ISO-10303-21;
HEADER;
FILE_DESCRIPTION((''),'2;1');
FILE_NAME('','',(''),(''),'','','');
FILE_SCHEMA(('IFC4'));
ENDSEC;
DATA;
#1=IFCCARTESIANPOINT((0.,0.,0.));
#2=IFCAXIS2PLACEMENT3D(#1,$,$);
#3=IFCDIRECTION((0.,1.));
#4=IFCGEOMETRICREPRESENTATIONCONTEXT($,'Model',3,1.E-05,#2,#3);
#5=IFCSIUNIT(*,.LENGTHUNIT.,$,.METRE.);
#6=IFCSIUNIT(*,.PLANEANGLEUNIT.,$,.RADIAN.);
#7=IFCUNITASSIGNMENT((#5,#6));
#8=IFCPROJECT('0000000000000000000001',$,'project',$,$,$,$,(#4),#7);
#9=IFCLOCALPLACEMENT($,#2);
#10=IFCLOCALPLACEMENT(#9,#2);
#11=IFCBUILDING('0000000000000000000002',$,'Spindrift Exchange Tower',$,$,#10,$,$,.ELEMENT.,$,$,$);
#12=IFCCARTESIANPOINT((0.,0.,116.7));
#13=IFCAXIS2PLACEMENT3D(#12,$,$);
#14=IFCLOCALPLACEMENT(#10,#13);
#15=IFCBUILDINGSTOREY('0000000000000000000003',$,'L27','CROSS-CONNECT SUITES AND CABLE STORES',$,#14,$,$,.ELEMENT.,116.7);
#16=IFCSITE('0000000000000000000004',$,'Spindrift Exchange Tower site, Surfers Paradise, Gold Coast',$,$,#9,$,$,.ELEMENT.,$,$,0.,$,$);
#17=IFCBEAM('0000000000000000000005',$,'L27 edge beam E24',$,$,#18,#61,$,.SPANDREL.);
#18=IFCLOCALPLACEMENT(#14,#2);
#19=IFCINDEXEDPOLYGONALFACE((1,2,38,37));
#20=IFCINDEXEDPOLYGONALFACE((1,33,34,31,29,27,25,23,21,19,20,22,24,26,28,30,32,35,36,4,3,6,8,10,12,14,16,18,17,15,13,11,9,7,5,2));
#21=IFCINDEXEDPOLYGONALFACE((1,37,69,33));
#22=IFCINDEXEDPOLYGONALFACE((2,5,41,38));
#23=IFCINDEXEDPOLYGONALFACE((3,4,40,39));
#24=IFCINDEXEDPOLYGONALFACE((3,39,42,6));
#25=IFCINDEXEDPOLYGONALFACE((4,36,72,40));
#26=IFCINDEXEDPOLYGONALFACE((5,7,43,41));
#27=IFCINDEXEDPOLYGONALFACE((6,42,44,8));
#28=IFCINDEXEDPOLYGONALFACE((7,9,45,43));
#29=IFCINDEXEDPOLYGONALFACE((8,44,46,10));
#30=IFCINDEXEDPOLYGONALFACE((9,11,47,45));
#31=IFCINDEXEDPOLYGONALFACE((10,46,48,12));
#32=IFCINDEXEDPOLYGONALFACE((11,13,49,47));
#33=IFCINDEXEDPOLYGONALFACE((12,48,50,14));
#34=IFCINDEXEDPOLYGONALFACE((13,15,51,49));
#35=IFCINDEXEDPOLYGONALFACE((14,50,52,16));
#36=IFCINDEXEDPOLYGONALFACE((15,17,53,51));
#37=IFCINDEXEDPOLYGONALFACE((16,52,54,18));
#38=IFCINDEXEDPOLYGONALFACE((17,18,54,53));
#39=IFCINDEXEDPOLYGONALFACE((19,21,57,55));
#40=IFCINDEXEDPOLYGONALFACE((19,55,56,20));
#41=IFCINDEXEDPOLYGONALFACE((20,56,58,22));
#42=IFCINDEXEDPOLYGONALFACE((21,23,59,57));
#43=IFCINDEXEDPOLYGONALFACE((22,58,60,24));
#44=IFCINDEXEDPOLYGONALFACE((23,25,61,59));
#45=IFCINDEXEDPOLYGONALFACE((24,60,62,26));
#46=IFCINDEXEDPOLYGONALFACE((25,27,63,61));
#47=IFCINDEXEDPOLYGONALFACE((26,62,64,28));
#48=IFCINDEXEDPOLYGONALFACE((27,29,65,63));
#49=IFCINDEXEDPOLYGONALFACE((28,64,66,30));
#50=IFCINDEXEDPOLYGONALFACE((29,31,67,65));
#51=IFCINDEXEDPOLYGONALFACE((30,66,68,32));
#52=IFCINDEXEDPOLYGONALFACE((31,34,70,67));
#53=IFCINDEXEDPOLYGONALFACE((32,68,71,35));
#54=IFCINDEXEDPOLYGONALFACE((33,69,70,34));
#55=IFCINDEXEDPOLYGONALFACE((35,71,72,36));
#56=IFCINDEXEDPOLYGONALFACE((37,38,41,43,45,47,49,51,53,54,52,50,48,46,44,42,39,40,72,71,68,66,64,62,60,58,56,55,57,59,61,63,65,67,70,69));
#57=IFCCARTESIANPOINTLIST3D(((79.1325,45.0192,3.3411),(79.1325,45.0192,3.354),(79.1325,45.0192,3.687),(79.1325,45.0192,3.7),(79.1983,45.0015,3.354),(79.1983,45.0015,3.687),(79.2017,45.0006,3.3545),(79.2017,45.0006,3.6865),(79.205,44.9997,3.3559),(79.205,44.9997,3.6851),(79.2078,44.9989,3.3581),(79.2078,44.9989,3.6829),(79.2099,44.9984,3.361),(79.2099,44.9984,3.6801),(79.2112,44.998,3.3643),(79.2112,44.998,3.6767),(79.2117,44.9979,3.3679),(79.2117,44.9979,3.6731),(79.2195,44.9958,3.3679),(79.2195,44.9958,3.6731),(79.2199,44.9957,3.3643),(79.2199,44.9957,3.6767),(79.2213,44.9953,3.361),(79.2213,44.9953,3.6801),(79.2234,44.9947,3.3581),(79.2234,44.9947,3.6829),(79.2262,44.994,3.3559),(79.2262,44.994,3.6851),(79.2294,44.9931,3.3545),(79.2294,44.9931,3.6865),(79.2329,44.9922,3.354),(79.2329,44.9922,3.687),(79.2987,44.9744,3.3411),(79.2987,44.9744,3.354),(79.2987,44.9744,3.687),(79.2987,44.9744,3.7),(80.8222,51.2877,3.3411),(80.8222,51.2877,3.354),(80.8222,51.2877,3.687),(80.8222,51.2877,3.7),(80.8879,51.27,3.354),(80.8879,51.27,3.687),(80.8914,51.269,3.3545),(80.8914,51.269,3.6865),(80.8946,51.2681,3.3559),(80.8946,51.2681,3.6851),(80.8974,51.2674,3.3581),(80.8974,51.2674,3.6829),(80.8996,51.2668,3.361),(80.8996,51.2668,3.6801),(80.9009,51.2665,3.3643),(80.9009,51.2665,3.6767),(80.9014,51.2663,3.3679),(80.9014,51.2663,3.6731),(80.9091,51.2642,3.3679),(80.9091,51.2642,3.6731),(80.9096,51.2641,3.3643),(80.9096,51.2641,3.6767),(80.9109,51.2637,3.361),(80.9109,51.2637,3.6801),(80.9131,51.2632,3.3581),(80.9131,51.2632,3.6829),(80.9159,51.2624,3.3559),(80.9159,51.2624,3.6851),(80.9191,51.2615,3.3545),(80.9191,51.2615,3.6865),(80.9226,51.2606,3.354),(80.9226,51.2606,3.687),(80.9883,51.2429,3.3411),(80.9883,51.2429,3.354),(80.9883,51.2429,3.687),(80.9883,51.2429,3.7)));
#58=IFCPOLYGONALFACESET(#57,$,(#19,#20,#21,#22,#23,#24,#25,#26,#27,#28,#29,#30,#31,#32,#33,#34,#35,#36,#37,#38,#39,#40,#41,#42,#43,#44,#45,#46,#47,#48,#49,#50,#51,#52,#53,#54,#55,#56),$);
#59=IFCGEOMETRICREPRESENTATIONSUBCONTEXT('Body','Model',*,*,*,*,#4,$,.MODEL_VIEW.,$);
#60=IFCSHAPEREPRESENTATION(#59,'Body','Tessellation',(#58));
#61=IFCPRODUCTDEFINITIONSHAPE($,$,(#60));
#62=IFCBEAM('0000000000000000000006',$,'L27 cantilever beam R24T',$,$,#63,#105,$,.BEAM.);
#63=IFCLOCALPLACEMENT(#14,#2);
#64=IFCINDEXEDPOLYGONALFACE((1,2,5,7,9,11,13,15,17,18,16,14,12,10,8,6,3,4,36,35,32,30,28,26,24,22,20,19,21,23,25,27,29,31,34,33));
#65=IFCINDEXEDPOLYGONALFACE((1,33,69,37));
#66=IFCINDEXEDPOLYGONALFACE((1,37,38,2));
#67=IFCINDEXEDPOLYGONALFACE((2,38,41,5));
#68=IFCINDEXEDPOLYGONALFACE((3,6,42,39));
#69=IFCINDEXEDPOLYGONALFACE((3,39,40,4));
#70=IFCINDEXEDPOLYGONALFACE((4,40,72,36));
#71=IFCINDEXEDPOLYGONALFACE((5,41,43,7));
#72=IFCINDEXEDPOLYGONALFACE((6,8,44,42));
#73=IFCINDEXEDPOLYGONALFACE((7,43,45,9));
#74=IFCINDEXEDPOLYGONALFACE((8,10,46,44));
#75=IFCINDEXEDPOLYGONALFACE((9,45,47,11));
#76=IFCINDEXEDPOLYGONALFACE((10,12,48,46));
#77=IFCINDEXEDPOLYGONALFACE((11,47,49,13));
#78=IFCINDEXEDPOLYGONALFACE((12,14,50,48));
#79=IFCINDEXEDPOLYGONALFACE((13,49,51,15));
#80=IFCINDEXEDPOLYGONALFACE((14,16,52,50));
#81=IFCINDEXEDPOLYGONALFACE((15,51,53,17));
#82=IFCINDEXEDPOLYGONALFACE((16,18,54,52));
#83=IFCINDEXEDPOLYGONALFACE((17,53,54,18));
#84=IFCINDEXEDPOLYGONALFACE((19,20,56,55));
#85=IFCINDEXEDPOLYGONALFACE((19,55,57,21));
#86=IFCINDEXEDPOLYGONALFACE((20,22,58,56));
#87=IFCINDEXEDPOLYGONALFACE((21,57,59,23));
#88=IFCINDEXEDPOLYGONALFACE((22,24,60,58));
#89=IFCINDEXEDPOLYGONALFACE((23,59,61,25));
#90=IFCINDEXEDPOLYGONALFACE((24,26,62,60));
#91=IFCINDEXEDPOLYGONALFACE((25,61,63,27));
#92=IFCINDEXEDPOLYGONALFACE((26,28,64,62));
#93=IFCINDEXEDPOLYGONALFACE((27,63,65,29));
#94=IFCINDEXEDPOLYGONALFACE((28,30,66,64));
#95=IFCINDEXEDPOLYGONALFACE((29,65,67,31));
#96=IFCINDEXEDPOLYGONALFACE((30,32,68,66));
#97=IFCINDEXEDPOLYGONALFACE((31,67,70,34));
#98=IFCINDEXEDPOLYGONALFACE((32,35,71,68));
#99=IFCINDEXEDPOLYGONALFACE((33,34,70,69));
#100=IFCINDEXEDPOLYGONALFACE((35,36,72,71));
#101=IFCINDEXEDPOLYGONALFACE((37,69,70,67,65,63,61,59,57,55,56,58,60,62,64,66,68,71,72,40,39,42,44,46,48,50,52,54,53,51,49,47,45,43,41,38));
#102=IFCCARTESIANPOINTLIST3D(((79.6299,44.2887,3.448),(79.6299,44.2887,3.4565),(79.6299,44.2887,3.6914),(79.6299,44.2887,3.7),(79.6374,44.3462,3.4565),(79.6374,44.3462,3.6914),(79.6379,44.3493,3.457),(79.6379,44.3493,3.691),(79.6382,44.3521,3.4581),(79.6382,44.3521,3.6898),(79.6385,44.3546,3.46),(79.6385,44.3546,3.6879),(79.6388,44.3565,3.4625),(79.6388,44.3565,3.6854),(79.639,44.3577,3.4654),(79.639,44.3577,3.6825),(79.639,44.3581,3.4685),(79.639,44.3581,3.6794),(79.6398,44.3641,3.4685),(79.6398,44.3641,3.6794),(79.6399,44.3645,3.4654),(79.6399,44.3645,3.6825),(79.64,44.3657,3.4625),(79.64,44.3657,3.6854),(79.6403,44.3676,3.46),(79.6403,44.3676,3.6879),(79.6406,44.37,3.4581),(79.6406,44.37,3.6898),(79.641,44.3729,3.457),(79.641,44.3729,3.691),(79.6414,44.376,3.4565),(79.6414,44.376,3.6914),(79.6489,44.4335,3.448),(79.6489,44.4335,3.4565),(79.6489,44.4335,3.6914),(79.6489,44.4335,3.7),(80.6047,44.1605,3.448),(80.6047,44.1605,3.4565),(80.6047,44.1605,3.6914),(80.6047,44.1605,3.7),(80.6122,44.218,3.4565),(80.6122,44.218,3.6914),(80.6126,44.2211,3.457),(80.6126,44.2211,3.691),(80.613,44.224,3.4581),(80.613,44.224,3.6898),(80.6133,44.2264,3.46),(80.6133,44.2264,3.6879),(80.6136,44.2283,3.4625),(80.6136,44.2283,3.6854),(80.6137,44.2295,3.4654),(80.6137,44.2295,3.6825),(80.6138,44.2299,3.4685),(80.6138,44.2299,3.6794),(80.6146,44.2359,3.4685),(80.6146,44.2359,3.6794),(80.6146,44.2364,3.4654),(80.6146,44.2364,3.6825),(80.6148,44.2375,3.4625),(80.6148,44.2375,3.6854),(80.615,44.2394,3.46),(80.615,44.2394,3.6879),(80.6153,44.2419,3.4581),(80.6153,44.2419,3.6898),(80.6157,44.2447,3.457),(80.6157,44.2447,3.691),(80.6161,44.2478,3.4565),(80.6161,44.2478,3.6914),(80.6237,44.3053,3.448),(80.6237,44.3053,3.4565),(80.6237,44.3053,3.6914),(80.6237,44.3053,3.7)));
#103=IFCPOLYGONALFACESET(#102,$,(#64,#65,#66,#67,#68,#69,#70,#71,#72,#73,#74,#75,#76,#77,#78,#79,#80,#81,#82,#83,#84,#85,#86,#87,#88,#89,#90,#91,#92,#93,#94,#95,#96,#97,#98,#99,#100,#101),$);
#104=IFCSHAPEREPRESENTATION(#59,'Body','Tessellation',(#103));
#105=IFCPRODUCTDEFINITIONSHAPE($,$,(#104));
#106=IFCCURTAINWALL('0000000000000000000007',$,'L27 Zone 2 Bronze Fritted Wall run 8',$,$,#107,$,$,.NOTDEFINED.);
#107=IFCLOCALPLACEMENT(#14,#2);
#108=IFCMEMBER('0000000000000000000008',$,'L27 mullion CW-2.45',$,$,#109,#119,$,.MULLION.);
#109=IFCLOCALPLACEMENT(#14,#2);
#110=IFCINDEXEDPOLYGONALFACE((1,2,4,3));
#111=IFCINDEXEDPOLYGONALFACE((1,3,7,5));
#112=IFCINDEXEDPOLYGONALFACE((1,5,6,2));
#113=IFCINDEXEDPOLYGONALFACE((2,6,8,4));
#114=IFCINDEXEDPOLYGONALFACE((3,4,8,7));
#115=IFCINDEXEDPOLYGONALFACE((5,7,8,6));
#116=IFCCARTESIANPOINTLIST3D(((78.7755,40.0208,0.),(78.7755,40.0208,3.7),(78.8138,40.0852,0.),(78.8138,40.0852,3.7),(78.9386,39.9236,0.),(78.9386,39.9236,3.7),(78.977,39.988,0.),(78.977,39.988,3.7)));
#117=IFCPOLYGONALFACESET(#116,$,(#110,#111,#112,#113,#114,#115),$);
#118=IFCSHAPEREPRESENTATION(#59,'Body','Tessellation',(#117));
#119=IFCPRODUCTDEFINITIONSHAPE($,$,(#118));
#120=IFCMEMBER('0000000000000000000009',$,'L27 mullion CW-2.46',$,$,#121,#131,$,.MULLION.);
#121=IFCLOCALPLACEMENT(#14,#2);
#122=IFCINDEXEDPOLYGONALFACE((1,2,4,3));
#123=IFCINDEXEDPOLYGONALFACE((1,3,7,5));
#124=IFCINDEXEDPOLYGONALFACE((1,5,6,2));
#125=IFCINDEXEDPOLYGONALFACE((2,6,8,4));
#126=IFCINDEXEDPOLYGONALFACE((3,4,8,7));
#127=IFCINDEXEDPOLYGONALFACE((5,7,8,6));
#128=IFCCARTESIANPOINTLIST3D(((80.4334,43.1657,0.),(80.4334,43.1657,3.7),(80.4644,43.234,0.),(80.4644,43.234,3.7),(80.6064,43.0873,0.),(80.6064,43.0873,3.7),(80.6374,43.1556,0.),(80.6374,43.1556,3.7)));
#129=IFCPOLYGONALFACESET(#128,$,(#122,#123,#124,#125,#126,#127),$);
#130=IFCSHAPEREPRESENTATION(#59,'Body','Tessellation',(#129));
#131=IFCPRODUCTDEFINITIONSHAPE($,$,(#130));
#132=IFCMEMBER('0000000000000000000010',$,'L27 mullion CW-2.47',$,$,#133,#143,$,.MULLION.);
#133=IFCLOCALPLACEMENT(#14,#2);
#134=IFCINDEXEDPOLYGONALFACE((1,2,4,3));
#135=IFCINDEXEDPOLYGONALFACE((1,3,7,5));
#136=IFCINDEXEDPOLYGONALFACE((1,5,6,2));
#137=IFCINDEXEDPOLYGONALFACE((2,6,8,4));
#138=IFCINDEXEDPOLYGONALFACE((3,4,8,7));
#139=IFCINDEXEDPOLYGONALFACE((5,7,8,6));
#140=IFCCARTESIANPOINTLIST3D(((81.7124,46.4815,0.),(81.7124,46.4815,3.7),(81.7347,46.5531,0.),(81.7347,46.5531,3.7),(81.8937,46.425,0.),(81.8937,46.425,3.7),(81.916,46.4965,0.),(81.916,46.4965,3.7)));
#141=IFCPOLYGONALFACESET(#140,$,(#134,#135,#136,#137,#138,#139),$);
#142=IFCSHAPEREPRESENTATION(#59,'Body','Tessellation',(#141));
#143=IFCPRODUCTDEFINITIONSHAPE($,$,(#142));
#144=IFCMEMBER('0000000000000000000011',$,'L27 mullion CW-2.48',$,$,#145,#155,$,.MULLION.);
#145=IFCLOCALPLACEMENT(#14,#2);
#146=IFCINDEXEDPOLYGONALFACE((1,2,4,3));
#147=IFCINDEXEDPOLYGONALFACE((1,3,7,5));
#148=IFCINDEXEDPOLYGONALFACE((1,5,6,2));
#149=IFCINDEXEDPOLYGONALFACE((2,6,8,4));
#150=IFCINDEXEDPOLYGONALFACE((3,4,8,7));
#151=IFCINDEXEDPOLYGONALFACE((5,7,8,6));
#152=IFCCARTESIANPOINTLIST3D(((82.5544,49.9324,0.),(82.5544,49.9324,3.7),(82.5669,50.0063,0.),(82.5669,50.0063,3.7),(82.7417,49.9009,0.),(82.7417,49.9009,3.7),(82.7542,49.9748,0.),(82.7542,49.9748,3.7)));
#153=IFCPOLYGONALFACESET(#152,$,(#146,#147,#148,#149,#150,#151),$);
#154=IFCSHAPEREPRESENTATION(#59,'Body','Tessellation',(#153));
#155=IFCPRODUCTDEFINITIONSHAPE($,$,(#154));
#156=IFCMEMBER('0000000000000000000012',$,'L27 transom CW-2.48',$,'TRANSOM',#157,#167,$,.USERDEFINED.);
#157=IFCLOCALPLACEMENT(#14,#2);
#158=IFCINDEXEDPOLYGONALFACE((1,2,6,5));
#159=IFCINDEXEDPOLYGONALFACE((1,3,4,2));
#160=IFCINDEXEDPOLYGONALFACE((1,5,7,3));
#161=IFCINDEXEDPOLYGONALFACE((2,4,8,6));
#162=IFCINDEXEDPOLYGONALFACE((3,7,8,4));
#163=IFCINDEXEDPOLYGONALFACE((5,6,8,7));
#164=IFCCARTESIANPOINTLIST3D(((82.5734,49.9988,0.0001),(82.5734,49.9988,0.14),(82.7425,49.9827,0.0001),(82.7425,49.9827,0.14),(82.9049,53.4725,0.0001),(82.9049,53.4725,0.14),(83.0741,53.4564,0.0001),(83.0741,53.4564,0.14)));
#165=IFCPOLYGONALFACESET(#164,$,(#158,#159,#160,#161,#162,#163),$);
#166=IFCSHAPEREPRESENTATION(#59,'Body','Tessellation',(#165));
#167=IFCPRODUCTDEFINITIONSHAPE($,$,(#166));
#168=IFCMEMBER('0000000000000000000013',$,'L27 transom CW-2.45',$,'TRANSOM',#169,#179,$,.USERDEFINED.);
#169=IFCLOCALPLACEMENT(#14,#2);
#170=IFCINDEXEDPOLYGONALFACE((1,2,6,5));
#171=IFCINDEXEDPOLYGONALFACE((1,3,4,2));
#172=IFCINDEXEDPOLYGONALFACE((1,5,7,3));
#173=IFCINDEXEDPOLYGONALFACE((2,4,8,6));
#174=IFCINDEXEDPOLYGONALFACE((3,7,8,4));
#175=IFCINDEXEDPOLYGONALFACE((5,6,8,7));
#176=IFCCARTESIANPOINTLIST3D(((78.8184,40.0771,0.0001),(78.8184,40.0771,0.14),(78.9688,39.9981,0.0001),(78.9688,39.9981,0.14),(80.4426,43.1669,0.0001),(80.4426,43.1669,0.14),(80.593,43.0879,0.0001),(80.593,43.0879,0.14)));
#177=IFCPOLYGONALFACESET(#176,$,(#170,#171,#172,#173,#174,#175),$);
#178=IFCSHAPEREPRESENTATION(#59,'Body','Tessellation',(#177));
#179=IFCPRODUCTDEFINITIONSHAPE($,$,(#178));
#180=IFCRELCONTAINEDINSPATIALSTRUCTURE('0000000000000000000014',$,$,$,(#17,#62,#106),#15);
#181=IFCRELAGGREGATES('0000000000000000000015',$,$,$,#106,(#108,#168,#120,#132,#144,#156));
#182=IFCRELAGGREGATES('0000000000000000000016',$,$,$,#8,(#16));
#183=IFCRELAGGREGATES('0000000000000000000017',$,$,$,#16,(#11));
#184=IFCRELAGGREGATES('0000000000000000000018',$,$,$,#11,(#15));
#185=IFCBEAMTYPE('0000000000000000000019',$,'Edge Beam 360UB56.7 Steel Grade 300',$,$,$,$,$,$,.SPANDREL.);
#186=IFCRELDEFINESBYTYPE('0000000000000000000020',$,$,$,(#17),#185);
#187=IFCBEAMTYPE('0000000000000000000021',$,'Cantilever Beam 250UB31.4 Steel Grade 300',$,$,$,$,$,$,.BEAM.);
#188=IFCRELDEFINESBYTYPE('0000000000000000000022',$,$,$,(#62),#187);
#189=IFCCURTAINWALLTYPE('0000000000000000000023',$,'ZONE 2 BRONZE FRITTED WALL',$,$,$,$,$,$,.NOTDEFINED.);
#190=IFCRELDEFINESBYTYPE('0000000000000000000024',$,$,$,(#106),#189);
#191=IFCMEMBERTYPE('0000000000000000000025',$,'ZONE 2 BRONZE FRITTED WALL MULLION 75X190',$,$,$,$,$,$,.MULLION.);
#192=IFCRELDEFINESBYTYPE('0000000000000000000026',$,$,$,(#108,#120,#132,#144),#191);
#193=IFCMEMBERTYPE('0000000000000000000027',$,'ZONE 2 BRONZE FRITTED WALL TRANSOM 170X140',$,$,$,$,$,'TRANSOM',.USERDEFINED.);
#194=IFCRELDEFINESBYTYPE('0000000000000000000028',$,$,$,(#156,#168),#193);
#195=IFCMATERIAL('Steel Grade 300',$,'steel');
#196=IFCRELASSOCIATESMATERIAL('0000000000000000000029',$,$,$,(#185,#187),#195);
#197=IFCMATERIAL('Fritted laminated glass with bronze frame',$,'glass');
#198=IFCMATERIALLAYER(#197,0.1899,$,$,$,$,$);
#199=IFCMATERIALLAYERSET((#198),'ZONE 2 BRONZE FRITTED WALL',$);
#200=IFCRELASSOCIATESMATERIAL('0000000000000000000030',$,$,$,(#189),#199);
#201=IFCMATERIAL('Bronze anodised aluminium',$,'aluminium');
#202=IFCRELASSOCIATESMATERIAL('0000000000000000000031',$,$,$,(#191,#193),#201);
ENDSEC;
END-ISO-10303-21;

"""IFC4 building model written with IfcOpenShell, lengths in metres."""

from ifc_helpers import new_model, si_unit, direction, frame, origin, origin_2d, place, context, subcontext, project, spatial, rectangle, i_section, extrude, source, transform, mapped, material, layer, layer_set, material_profile, profile_set, type_object, element, aggregate, save


model = new_model("IFC4")

# Units and contexts
model_context = context("Model", 3, precision=1e-05, world=origin(), true_north=direction((0.0, 1.0)))
body_context = subcontext(model_context, "Body", "Model", "MODEL_VIEW")
ifc_project = project(units=[si_unit("LENGTHUNIT", "METRE"), si_unit("PLANEANGLEUNIT", "RADIAN")], contexts=[model_context])

# Site, building, storey
site_placement = place(None, origin())
site = spatial("IfcSite", under=ifc_project, at=site_placement, Name="Spindrift Exchange Tower site, Surfers Paradise, Gold Coast", CompositionType="ELEMENT", RefElevation=0.0)
building_placement = place(site_placement, origin())
building = spatial("IfcBuilding", under=site, at=building_placement, Name="Spindrift Exchange Tower", CompositionType="ELEMENT")
storey_placement = place(building_placement, frame((0.0, 0.0, 116.7)))
storey = spatial("IfcBuildingStorey", under=building, at=storey_placement, Name="L27", Description="CROSS-CONNECT SUITES AND CABLE STORES", CompositionType="ELEMENT", Elevation=116.7)

# Beams
ifc_material_1 = material(Name="Steel Grade 300", Category="steel")
ifc_material_profile_1 = material_profile(ifc_material_1, i_section(OverallWidth=0.1721, OverallDepth=0.3589, WebThickness=0.0081, FlangeThickness=0.0129, FilletRadius=0.0139, at=origin_2d()), Name="360UB56.7")
ifc_profile_set_1 = profile_set([ifc_material_profile_1], Name="Steel Grade 300")
beam_type_1 = type_object("IfcBeamType", Name="Edge Beam 360UB56.7 Steel Grade 300", PredefinedType="SPANDREL", material=ifc_profile_set_1)
shared_shape_1 = source(origin(), body_context, "Body", "SweptSolid", [
    extrude(i_section(OverallWidth=0.1721, OverallDepth=0.3589, WebThickness=0.0081, FlangeThickness=0.0129, FilletRadius=0.0139, at=origin_2d()), origin(), (0.0, 0.0, 1.0), 6.4922),
])
beam_1_placement = place(storey_placement, frame((79.2156, 44.9968, 3.5205), z_axis=(0.260262, 0.965538, 0.0), x_axis=(-0.965538, 0.260262, 0.0)))
element("IfcBeam", 1, at=beam_1_placement, inside=storey, type_object=beam_type_1, Name="L27 edge beam E24", PredefinedType="SPANDREL", context=body_context, shape_type="MappedRepresentation", body=[
    mapped(shared_shape_1, transform((0.0, 0.0, 0.0), scale=1.0)),
])
ifc_material_profile_2 = material_profile(ifc_material_1, i_section(OverallWidth=0.146, OverallDepth=0.252, WebThickness=0.0061, FlangeThickness=0.0085, FilletRadius=0.012, at=origin_2d()), Name="250UB31.4")
ifc_profile_set_2 = profile_set([ifc_material_profile_2], Name="Steel Grade 300")
beam_type_2 = type_object("IfcBeamType", Name="Cantilever Beam 250UB31.4 Steel Grade 300", PredefinedType="BEAM", material=ifc_profile_set_2)
shared_shape_2 = source(origin(), body_context, "Body", "SweptSolid", [
    extrude(i_section(OverallWidth=0.146, OverallDepth=0.252, WebThickness=0.0061, FlangeThickness=0.0085, FilletRadius=0.012, at=origin_2d()), origin(), (0.0, 0.0, 1.0), 0.9832),
])
beam_2_placement = place(storey_placement, frame((79.6394, 44.3611, 3.574), z_axis=(0.991467, -0.130358, 0.0), x_axis=(0.130358, 0.991467, 0.0)))
element("IfcBeam", 2, at=beam_2_placement, inside=storey, type_object=beam_type_2, Name="L27 cantilever beam R24T", PredefinedType="BEAM", context=body_context, shape_type="MappedRepresentation", body=[
    mapped(shared_shape_2, transform((0.0, 0.0, 0.0), scale=1.0)),
])

# Curtain wall, members
ifc_material_2 = material(Name="Fritted laminated glass with bronze frame", Category="glass")
ifc_layer_1 = layer(ifc_material_2, 0.1899)
ifc_layer_set_1 = layer_set([ifc_layer_1], Name="ZONE 2 BRONZE FRITTED WALL")
curtain_wall_type = type_object("IfcCurtainWallType", Name="ZONE 2 BRONZE FRITTED WALL", PredefinedType="NOTDEFINED", material=ifc_layer_set_1)
curtain_wall_placement = place(storey_placement, origin())
curtain_wall = element("IfcCurtainWall", 3, at=curtain_wall_placement, inside=storey, type_object=curtain_wall_type, Name="L27 Zone 2 Bronze Fritted Wall run 8", PredefinedType="NOTDEFINED")
ifc_material_3 = material(Name="Bronze anodised aluminium", Category="aluminium")
ifc_material_profile_3 = material_profile(ifc_material_3, rectangle(XDim=0.075, YDim=0.1899, at=origin_2d()), Name="ZONE 2 BRONZE FRITTED WALL MULLION 75X190")
ifc_profile_set_3 = profile_set([ifc_material_profile_3], Name="Bronze anodised aluminium")
member_type_1 = type_object("IfcMemberType", Name="ZONE 2 BRONZE FRITTED WALL MULLION 75X190", PredefinedType="MULLION", material=ifc_profile_set_3)
shared_shape_3 = source(origin(), body_context, "Body", "SweptSolid", [
    extrude(rectangle(XDim=0.075, YDim=0.1899, at=origin_2d()), origin(), (0.0, 0.0, 1.0), 3.7),
])
member_1_placement = place(storey_placement, frame((78.8762, 40.0044, 0.0), z_axis=(0.0, 0.0, 1.0), x_axis=(0.512074, 0.858941, 0.0)))
member_1 = element("IfcMember", 4, at=member_1_placement, type_object=member_type_1, Name="L27 mullion CW-2.45", PredefinedType="MULLION", context=body_context, shape_type="MappedRepresentation", body=[
    mapped(shared_shape_3, transform((0.0, 0.0, 0.0), scale=1.0)),
])
member_2_placement = place(storey_placement, frame((80.5354, 43.1606, 0.0), z_axis=(0.0, 0.0, 1.0), x_axis=(0.4127, 0.910867, 0.0)))
member_2 = element("IfcMember", 5, at=member_2_placement, type_object=member_type_1, Name="L27 mullion CW-2.46", PredefinedType="MULLION", context=body_context, shape_type="MappedRepresentation", body=[
    mapped(shared_shape_3, transform((0.0, 0.0, 0.0), scale=1.0)),
])
member_3_placement = place(storey_placement, frame((81.8142, 46.489, 0.0), z_axis=(0.0, 0.0, 1.0), x_axis=(0.297791, 0.954631, 0.0)))
member_3 = element("IfcMember", 6, at=member_3_placement, type_object=member_type_1, Name="L27 mullion CW-2.47", PredefinedType="MULLION", context=body_context, shape_type="MappedRepresentation", body=[
    mapped(shared_shape_3, transform((0.0, 0.0, 0.0), scale=1.0)),
])
member_4_placement = place(storey_placement, frame((82.6543, 49.9536, 0.0), z_axis=(0.0, 0.0, 1.0), x_axis=(0.165773, 0.986164, 0.0)))
member_4 = element("IfcMember", 7, at=member_4_placement, type_object=member_type_1, Name="L27 mullion CW-2.48", PredefinedType="MULLION", context=body_context, shape_type="MappedRepresentation", body=[
    mapped(shared_shape_3, transform((0.0, 0.0, 0.0), scale=1.0)),
])
ifc_material_profile_4 = material_profile(ifc_material_3, rectangle(XDim=0.1699, YDim=0.1399, at=origin_2d()), Name="ZONE 2 BRONZE FRITTED WALL TRANSOM 170X140")
ifc_profile_set_4 = profile_set([ifc_material_profile_4], Name="Bronze anodised aluminium")
member_type_2 = type_object("IfcMemberType", Name="ZONE 2 BRONZE FRITTED WALL TRANSOM 170X140", ElementType="TRANSOM", PredefinedType="USERDEFINED", material=ifc_profile_set_4)
shared_shape_4 = source(origin(), body_context, "Body", "SweptSolid", [
    extrude(rectangle(XDim=0.1699, YDim=0.1399, at=origin_2d()), origin(), (0.0, 0.0, 1.0), 3.4895),
])
member_5_placement = place(storey_placement, frame((82.658, 49.9907, 0.0701), z_axis=(0.095014, 0.995476, 0.0), x_axis=(-0.995476, 0.095014, 0.0)))
member_5 = element("IfcMember", 8, at=member_5_placement, type_object=member_type_2, Name="L27 transom CW-2.48", ObjectType="TRANSOM", PredefinedType="USERDEFINED", context=body_context, shape_type="MappedRepresentation", body=[
    mapped(shared_shape_4, transform((0.0, 0.0, 0.0), scale=1.0)),
])
shared_shape_5 = source(origin(), body_context, "Body", "SweptSolid", [
    extrude(rectangle(XDim=0.1699, YDim=0.1399, at=origin_2d()), origin(), (0.0, 0.0, 1.0), 3.4907),
])
member_6_placement = place(storey_placement, frame((78.8936, 40.0376, 0.0701), z_axis=(0.465305, 0.88515, 0.0), x_axis=(-0.88515, 0.465305, 0.0)))
member_6 = element("IfcMember", 9, at=member_6_placement, type_object=member_type_2, Name="L27 transom CW-2.45", ObjectType="TRANSOM", PredefinedType="USERDEFINED", context=body_context, shape_type="MappedRepresentation", body=[
    mapped(shared_shape_5, transform((0.0, 0.0, 0.0), scale=1.0)),
])
aggregate(curtain_wall, [member_1, member_6, member_2, member_3, member_4, member_5])

save(model, "model.ifc")
